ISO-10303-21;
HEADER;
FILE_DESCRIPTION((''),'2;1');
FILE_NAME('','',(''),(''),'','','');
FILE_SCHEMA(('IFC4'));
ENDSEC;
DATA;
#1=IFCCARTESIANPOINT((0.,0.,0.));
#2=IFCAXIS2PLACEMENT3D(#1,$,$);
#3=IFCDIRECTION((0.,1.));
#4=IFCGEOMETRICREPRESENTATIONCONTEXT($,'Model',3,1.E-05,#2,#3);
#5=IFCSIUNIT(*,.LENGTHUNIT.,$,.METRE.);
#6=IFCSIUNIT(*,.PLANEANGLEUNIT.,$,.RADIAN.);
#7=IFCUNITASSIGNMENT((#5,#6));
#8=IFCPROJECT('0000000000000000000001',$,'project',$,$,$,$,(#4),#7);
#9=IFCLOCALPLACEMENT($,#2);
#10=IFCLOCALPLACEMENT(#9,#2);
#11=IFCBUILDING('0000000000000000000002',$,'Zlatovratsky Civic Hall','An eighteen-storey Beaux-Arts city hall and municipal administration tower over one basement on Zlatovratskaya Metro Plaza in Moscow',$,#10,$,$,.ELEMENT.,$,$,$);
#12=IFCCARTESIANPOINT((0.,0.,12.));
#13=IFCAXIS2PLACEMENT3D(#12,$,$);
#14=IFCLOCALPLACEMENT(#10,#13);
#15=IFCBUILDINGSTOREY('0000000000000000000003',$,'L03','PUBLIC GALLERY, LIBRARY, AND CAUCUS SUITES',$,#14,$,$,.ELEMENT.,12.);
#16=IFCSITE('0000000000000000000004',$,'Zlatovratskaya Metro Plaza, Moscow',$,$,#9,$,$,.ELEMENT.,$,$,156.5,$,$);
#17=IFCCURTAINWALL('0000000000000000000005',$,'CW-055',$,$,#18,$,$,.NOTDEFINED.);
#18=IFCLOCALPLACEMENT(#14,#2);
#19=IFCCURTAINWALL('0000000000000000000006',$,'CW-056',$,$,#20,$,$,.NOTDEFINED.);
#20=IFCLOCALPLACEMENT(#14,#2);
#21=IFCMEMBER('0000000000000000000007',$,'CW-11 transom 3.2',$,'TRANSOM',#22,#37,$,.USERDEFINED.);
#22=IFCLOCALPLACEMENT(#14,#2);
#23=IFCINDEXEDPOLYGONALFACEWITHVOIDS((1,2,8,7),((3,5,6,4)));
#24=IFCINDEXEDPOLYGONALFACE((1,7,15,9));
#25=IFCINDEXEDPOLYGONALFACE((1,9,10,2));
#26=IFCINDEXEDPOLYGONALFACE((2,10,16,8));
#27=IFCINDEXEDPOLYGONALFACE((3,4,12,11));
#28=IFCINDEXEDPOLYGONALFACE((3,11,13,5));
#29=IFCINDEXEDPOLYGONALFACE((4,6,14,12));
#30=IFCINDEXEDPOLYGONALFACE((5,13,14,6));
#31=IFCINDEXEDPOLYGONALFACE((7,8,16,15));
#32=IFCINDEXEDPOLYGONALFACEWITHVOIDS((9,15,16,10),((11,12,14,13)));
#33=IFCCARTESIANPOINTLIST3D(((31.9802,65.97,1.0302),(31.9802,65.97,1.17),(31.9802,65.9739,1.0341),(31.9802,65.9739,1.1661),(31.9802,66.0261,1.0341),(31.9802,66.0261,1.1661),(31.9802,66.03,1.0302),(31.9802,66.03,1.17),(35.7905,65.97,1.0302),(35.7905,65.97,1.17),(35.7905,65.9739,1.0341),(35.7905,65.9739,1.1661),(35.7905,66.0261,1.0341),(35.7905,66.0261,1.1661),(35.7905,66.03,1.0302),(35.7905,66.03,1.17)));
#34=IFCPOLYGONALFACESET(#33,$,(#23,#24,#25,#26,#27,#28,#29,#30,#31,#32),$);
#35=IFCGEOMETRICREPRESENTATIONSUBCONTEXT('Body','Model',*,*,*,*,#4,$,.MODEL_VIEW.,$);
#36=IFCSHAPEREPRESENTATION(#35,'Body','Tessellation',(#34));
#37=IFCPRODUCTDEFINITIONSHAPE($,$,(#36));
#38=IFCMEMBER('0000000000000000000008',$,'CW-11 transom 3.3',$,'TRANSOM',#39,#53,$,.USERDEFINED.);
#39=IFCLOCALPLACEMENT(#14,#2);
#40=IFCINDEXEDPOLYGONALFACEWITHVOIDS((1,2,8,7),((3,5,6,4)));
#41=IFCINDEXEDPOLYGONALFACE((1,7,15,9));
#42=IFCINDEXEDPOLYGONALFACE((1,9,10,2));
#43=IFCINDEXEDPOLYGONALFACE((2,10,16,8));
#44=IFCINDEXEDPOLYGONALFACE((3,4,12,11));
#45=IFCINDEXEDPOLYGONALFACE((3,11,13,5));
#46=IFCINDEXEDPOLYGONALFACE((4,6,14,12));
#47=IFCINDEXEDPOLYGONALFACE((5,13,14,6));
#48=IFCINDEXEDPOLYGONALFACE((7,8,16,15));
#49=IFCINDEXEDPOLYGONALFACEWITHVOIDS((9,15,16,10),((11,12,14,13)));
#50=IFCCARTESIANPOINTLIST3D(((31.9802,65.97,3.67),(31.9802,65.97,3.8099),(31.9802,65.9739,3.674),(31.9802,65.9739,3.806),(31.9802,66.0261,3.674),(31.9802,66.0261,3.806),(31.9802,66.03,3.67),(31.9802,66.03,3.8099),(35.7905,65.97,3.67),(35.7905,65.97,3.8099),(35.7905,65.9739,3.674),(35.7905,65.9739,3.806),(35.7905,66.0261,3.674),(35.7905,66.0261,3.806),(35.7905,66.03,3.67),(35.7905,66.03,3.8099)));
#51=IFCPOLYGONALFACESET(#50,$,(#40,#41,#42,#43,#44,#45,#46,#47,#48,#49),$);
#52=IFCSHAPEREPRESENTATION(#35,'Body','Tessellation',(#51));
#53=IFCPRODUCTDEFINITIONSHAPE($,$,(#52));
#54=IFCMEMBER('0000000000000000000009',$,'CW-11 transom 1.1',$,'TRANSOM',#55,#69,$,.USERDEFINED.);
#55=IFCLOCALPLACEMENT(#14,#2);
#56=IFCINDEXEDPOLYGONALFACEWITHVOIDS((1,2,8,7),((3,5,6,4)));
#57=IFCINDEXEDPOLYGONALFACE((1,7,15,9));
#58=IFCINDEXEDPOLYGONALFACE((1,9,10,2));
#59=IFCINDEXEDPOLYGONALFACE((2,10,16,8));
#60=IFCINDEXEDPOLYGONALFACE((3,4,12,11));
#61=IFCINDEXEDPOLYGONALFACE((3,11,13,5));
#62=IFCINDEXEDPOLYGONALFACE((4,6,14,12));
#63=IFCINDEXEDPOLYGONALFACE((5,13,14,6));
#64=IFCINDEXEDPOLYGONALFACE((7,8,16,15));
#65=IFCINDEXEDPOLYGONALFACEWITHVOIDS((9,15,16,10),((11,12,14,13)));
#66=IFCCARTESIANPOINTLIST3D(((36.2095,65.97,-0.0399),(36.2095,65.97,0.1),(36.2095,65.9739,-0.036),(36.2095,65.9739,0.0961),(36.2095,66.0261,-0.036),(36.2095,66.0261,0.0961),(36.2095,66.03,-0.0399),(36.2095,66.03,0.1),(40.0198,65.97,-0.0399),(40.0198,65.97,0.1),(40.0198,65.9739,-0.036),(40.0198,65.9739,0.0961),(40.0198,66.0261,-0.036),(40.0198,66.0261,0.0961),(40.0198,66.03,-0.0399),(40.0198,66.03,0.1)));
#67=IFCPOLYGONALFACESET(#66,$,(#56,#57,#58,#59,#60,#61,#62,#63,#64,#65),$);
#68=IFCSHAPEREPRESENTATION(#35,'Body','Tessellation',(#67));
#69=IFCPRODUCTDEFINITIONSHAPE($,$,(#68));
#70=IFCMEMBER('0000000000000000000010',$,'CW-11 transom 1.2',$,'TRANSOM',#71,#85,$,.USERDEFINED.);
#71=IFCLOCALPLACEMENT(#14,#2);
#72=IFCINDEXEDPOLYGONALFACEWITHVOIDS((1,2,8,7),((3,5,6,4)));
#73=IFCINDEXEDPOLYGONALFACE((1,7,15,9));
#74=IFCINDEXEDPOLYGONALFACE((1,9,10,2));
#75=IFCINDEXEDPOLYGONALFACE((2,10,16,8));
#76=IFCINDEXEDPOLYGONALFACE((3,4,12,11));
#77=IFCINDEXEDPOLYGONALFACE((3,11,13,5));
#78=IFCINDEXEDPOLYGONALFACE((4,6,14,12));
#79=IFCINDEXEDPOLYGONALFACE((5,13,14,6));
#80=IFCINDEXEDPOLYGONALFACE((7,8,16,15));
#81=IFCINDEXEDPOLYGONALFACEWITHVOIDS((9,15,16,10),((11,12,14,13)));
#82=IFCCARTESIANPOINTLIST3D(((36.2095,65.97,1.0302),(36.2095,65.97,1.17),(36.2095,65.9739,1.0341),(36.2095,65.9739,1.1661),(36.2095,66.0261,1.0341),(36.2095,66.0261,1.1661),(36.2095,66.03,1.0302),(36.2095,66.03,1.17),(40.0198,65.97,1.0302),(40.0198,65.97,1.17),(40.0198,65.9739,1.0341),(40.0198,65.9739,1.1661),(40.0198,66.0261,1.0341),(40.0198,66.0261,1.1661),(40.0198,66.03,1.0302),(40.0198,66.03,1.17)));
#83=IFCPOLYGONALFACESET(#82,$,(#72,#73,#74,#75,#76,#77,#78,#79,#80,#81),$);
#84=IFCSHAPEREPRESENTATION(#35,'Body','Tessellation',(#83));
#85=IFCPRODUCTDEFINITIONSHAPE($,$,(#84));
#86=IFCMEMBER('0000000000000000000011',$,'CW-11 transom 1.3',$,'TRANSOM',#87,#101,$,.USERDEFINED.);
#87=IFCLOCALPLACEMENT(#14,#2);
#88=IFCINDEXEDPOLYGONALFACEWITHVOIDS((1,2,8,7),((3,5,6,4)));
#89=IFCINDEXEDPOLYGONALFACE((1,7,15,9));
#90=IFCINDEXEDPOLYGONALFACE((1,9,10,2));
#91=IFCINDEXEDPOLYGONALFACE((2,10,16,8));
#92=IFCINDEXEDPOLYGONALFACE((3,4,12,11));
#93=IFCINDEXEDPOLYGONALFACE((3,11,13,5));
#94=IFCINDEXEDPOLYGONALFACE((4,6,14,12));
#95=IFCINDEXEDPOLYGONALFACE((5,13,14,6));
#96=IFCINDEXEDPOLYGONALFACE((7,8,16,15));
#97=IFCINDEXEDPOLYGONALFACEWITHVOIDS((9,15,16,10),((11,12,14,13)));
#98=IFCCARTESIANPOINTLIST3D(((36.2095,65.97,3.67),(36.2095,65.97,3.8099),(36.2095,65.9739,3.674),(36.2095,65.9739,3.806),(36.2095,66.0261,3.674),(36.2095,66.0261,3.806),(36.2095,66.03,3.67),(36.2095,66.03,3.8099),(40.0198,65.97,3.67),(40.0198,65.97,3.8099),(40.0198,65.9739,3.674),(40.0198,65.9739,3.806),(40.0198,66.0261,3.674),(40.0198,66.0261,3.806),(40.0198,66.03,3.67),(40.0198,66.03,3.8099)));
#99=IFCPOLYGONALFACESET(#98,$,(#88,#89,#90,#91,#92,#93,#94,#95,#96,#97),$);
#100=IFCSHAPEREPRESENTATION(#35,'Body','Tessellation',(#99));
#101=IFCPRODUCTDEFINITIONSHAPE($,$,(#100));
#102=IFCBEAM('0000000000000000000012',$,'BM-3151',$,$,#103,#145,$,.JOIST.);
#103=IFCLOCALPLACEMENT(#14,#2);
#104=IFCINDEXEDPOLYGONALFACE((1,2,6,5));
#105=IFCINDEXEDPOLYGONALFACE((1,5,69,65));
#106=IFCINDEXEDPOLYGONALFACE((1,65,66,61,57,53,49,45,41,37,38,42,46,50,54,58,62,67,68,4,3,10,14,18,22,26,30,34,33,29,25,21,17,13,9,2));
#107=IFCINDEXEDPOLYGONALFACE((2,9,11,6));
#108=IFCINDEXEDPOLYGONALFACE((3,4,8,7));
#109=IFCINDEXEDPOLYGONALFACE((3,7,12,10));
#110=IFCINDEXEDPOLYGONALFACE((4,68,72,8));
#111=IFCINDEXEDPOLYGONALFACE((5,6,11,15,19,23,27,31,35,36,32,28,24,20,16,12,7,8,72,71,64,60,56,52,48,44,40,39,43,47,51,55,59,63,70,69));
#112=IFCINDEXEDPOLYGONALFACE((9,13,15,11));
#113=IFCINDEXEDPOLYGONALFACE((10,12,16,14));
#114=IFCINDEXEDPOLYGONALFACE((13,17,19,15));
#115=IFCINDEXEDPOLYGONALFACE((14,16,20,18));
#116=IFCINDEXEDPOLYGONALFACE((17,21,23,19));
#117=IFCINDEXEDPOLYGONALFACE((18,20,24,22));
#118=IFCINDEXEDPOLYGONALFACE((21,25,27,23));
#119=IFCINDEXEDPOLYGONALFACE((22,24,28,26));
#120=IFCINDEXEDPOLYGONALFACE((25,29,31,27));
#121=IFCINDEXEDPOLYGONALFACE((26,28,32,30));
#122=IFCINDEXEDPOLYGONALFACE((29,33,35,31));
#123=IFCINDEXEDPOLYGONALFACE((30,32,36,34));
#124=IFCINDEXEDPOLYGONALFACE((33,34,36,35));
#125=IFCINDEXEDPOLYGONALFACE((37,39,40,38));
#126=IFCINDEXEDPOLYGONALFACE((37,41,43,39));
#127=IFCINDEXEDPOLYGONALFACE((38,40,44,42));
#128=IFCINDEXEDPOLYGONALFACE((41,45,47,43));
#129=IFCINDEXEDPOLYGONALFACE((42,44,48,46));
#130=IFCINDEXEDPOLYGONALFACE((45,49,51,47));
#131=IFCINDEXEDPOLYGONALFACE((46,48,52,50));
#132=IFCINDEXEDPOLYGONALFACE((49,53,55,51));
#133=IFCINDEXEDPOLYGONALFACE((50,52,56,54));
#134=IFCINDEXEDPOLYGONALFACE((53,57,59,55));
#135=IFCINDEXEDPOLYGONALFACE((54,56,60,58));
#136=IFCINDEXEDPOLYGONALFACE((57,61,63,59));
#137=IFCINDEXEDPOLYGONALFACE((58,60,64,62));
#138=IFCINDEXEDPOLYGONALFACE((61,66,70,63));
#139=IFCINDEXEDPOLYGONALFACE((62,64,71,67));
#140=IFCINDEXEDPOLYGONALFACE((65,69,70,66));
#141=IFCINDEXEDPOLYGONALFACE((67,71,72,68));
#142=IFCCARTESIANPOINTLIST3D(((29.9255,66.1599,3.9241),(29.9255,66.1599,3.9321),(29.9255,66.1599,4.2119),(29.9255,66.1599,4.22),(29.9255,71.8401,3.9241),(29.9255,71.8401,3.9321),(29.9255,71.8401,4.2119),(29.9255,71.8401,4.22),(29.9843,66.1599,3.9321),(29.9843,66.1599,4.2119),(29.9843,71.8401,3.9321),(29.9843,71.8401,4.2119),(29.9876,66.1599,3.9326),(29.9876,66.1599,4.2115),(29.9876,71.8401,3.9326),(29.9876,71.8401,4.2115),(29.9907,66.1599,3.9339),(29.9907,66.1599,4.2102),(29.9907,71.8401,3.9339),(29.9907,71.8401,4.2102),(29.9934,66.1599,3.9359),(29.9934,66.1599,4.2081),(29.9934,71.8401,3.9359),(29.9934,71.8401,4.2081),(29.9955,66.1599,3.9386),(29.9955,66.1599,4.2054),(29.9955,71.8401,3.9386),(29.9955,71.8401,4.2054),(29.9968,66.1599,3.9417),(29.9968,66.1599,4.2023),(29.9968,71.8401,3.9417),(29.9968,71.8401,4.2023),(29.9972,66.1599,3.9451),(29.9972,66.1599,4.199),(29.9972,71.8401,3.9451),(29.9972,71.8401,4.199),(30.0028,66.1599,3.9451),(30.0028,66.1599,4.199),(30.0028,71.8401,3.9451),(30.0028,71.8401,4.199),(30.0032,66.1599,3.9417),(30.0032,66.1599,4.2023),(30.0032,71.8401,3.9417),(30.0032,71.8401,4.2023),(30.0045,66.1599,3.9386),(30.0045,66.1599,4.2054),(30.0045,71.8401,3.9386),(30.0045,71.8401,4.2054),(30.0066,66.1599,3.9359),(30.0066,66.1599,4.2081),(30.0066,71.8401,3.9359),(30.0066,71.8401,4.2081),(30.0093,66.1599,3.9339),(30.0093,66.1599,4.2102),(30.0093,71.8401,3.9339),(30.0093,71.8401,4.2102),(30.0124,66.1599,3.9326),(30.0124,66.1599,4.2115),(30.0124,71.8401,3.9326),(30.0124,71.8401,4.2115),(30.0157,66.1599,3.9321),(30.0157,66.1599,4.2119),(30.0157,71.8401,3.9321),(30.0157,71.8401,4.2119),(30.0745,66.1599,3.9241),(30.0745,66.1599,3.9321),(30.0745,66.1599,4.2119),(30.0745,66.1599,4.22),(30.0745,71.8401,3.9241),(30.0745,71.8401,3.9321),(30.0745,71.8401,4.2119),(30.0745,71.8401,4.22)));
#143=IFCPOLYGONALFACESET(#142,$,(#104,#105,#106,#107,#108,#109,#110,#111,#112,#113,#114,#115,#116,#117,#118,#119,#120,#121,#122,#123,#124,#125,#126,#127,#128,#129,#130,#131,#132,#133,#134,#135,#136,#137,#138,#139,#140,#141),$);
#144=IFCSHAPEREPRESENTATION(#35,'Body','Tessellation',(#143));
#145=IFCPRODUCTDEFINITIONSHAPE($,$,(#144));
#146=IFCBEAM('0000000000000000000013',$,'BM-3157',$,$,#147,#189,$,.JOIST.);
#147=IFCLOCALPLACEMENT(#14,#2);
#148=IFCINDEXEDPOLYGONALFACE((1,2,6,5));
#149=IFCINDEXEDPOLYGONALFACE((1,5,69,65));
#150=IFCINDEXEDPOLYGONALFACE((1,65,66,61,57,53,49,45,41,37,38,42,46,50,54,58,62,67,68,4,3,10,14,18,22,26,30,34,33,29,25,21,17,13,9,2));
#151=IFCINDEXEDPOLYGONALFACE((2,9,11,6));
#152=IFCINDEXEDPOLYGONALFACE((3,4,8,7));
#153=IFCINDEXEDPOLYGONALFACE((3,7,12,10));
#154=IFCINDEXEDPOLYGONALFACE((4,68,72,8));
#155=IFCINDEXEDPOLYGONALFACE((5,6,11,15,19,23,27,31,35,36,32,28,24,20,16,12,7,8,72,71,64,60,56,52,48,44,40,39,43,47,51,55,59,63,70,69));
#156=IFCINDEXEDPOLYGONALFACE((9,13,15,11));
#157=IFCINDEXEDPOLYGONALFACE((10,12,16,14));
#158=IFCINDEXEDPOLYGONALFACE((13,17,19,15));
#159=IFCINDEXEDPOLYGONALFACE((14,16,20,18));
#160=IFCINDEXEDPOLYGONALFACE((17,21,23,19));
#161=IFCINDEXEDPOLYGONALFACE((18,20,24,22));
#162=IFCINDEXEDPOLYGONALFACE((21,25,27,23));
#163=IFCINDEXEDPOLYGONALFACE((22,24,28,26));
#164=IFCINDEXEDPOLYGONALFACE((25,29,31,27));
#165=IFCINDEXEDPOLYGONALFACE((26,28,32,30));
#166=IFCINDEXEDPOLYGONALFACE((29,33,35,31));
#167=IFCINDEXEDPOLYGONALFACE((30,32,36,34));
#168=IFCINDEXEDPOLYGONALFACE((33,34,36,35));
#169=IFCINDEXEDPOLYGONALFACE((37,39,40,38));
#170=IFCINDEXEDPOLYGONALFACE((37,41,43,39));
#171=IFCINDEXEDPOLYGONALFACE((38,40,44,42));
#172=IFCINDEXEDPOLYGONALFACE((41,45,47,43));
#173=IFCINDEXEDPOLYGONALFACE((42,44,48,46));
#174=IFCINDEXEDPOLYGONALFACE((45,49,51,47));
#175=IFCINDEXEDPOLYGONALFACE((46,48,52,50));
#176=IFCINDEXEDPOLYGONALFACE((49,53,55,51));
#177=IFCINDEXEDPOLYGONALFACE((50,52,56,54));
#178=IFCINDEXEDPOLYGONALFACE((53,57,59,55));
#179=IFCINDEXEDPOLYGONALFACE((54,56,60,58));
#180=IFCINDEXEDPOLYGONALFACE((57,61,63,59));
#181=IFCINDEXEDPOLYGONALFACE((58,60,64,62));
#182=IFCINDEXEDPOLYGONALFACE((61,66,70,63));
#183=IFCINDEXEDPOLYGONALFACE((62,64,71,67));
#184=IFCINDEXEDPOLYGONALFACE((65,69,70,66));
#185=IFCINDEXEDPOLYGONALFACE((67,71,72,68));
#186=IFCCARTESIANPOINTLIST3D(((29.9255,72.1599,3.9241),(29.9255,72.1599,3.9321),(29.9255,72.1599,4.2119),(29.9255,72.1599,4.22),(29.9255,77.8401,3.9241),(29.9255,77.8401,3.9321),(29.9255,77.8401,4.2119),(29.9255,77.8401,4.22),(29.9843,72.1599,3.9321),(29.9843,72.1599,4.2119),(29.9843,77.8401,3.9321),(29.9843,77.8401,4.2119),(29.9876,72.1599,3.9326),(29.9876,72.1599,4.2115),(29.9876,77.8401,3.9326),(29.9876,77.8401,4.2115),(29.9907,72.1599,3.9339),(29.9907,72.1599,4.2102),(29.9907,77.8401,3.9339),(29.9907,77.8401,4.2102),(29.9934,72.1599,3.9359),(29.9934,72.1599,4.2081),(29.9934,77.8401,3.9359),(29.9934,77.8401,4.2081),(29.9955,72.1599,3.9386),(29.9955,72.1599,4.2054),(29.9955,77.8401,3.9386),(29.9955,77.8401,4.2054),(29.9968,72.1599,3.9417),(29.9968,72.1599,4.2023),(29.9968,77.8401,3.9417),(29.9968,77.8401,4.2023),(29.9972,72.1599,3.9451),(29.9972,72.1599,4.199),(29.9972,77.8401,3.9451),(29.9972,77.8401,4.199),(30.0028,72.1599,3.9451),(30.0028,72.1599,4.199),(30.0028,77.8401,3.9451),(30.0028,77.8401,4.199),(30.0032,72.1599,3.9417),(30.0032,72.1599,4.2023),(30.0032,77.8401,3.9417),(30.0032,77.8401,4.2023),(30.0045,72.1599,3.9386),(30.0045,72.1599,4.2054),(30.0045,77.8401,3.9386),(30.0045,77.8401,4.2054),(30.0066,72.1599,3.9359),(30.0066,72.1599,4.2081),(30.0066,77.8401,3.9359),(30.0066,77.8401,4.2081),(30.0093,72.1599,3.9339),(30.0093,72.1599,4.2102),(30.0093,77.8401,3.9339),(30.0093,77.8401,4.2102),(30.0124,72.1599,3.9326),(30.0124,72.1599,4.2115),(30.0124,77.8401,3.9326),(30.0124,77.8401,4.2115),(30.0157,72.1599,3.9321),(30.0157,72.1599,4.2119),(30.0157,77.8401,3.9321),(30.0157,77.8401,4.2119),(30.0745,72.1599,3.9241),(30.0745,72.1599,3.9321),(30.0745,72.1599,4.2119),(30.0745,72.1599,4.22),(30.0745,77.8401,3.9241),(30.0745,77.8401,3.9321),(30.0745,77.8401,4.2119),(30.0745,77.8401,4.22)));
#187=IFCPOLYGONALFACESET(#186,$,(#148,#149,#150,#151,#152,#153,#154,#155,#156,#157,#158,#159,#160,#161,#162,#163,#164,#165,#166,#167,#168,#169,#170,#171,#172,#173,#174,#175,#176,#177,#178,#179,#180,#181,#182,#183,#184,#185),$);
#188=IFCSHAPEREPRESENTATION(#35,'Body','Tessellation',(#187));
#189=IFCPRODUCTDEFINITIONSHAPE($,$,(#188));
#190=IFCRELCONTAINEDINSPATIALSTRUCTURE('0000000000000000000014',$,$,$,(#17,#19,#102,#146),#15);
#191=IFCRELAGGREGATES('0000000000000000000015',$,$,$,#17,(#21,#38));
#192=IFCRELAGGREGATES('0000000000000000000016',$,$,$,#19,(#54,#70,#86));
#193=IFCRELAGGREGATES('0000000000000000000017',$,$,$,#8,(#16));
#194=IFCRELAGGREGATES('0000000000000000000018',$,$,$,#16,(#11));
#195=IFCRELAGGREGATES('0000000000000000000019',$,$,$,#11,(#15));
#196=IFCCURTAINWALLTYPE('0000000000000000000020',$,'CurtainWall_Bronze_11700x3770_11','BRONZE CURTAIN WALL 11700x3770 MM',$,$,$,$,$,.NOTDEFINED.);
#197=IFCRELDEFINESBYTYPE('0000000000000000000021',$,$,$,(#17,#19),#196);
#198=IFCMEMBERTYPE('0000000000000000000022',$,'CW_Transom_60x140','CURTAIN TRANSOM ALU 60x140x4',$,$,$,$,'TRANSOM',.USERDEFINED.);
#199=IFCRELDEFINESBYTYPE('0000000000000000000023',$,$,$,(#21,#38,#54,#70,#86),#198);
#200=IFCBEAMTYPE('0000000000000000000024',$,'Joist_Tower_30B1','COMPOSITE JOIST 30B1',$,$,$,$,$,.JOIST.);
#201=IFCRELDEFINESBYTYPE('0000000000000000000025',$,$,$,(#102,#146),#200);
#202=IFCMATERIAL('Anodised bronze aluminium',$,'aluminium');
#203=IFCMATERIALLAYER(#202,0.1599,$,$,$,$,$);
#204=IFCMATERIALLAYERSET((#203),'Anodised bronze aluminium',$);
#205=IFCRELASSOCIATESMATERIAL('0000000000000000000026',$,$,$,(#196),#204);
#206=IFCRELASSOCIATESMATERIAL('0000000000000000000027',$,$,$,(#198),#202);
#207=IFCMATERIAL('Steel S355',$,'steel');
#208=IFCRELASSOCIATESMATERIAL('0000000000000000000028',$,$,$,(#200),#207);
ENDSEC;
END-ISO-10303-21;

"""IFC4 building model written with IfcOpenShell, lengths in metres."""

from ifc_helpers import new_model, si_unit, direction, frame, origin, origin_2d, place, context, subcontext, project, spatial, hollow_rectangle, i_section, extrude, material, layer, layer_set, material_profile, profile_set, type_object, element, aggregate, save


model = new_model("IFC4")

# Units and contexts
model_context = context("Model", 3, precision=1e-05, world=origin(), true_north=direction((0.0, 1.0)))
body_context = subcontext(model_context, "Body", "Model", "MODEL_VIEW")
ifc_project = project(units=[si_unit("LENGTHUNIT", "METRE"), si_unit("PLANEANGLEUNIT", "RADIAN")], contexts=[model_context])

# Site, building, storey
site_placement = place(None, origin())
site = spatial("IfcSite", under=ifc_project, at=site_placement, Name="Zlatovratskaya Metro Plaza, Moscow", CompositionType="ELEMENT", RefElevation=156.5)
building_placement = place(site_placement, origin())
building = spatial("IfcBuilding", under=site, at=building_placement, Name="Zlatovratsky Civic Hall", Description="An eighteen-storey Beaux-Arts city hall and municipal administration tower over one basement on Zlatovratskaya Metro Plaza in Moscow", CompositionType="ELEMENT")
storey_placement = place(building_placement, frame((0.0, 0.0, 12.0)))
storey = spatial("IfcBuildingStorey", under=building, at=storey_placement, Name="L03", Description="PUBLIC GALLERY, LIBRARY, AND CAUCUS SUITES", CompositionType="ELEMENT", Elevation=12.0)

# Shared definitions
ifc_material_1 = material(Name="Steel S355", Category="steel")

# Curtain walls
ifc_material_2 = material(Name="Anodised bronze aluminium", Category="aluminium")
ifc_layer_1 = layer(ifc_material_2, 0.1599)
ifc_layer_set_1 = layer_set([ifc_layer_1], Name="Anodised bronze aluminium")
curtain_wall_type = type_object("IfcCurtainWallType", Name="CurtainWall_Bronze_11700x3770_11", Description="BRONZE CURTAIN WALL 11700x3770 MM", PredefinedType="NOTDEFINED", material=ifc_layer_set_1)
curtain_wall_1_placement = place(storey_placement, origin())
curtain_wall_1 = element("IfcCurtainWall", 1, at=curtain_wall_1_placement, inside=storey, type_object=curtain_wall_type, Name="CW-055", PredefinedType="NOTDEFINED")
curtain_wall_2_placement = place(storey_placement, origin())
curtain_wall_2 = element("IfcCurtainWall", 2, at=curtain_wall_2_placement, inside=storey, type_object=curtain_wall_type, Name="CW-056", PredefinedType="NOTDEFINED")

# Members
ifc_material_profile_1 = material_profile(ifc_material_2, hollow_rectangle(XDim=0.0601, YDim=0.1399, WallThickness=0.0039, at=origin_2d()), Name="ALU 60x140x4")
ifc_profile_set_1 = profile_set([ifc_material_profile_1], Name="Anodised bronze aluminium")
member_type_1 = type_object("IfcMemberType", Name="CW_Transom_60x140", Description="CURTAIN TRANSOM ALU 60x140x4", ElementType="TRANSOM", PredefinedType="USERDEFINED", material=ifc_profile_set_1)
member_1_placement = place(storey_placement, frame((31.9802, 66.0, 1.1001), z_axis=(1.0, 0.0, 0.0), x_axis=(0.0, 1.0, 0.0)))
member_1 = element("IfcMember", 3, at=member_1_placement, type_object=member_type_1, Name="CW-11 transom 3.2", ObjectType="TRANSOM", PredefinedType="USERDEFINED", context=body_context, shape_type="SweptSolid", body=[
    extrude(hollow_rectangle(XDim=0.0601, YDim=0.1399, WallThickness=0.0039, at=origin_2d()), origin(), (0.0, 0.0, 1.0), 3.8103),
])
member_2_placement = place(storey_placement, frame((31.9802, 66.0, 3.74), z_axis=(1.0, 0.0, 0.0), x_axis=(0.0, 1.0, 0.0)))
member_2 = element("IfcMember", 4, at=member_2_placement, type_object=member_type_1, Name="CW-11 transom 3.3", ObjectType="TRANSOM", PredefinedType="USERDEFINED", context=body_context, shape_type="SweptSolid", body=[
    extrude(hollow_rectangle(XDim=0.0601, YDim=0.1399, WallThickness=0.0039, at=origin_2d()), origin(), (0.0, 0.0, 1.0), 3.8103),
])
member_3_placement = place(storey_placement, frame((36.2095, 66.0, 0.03), z_axis=(1.0, 0.0, 0.0), x_axis=(0.0, 1.0, 0.0)))
member_3 = element("IfcMember", 5, at=member_3_placement, type_object=member_type_1, Name="CW-11 transom 1.1", ObjectType="TRANSOM", PredefinedType="USERDEFINED", context=body_context, shape_type="SweptSolid", body=[
    extrude(hollow_rectangle(XDim=0.0601, YDim=0.1399, WallThickness=0.0039, at=origin_2d()), origin(), (0.0, 0.0, 1.0), 3.8103),
])
member_4_placement = place(storey_placement, frame((36.2095, 66.0, 1.1001), z_axis=(1.0, 0.0, 0.0), x_axis=(0.0, 1.0, 0.0)))
member_4 = element("IfcMember", 6, at=member_4_placement, type_object=member_type_1, Name="CW-11 transom 1.2", ObjectType="TRANSOM", PredefinedType="USERDEFINED", context=body_context, shape_type="SweptSolid", body=[
    extrude(hollow_rectangle(XDim=0.0601, YDim=0.1399, WallThickness=0.0039, at=origin_2d()), origin(), (0.0, 0.0, 1.0), 3.8103),
])
member_5_placement = place(storey_placement, frame((36.2095, 66.0, 3.74), z_axis=(1.0, 0.0, 0.0), x_axis=(0.0, 1.0, 0.0)))
member_5 = element("IfcMember", 7, at=member_5_placement, type_object=member_type_1, Name="CW-11 transom 1.3", ObjectType="TRANSOM", PredefinedType="USERDEFINED", context=body_context, shape_type="SweptSolid", body=[
    extrude(hollow_rectangle(XDim=0.0601, YDim=0.1399, WallThickness=0.0039, at=origin_2d()), origin(), (0.0, 0.0, 1.0), 3.8103),
])

# Beams
ifc_material_profile_2 = material_profile(ifc_material_1, i_section(OverallWidth=0.1489, OverallDepth=0.2959, WebThickness=0.0056, FlangeThickness=0.0081, FilletRadius=0.0129, at=origin_2d()), Name="30B1")
ifc_profile_set_2 = profile_set([ifc_material_profile_2], Name="Steel S355")
beam_type_1 = type_object("IfcBeamType", Name="Joist_Tower_30B1", Description="COMPOSITE JOIST 30B1", PredefinedType="JOIST", material=ifc_profile_set_2)
for number, where, z_axis, x_axis, name in (
    (8, (30.0, 66.1599, 4.072), (0.0, 1.0, 0.0), (-1.0, 0.0, 0.0), "BM-3151"),
    (9, (30.0, 72.1599, 4.072), (0.0, 1.0, 0.0), (-1.0, 0.0, 0.0), "BM-3157"),
):
    element("IfcBeam", number, at=place(storey_placement, frame(where, z_axis=z_axis, x_axis=x_axis)), inside=storey, type_object=beam_type_1, Name=name, PredefinedType="JOIST", context=body_context, shape_type="SweptSolid", body=[
        extrude(i_section(OverallWidth=0.1489, OverallDepth=0.2959, WebThickness=0.0056, FlangeThickness=0.0081, FilletRadius=0.0129, at=origin_2d()), origin(), (0.0, 0.0, 1.0), 5.6802),
    ])

aggregate(curtain_wall_1, [member_1, member_2])
aggregate(curtain_wall_2, [member_3, member_4, member_5])

save(model, "model.ifc")
